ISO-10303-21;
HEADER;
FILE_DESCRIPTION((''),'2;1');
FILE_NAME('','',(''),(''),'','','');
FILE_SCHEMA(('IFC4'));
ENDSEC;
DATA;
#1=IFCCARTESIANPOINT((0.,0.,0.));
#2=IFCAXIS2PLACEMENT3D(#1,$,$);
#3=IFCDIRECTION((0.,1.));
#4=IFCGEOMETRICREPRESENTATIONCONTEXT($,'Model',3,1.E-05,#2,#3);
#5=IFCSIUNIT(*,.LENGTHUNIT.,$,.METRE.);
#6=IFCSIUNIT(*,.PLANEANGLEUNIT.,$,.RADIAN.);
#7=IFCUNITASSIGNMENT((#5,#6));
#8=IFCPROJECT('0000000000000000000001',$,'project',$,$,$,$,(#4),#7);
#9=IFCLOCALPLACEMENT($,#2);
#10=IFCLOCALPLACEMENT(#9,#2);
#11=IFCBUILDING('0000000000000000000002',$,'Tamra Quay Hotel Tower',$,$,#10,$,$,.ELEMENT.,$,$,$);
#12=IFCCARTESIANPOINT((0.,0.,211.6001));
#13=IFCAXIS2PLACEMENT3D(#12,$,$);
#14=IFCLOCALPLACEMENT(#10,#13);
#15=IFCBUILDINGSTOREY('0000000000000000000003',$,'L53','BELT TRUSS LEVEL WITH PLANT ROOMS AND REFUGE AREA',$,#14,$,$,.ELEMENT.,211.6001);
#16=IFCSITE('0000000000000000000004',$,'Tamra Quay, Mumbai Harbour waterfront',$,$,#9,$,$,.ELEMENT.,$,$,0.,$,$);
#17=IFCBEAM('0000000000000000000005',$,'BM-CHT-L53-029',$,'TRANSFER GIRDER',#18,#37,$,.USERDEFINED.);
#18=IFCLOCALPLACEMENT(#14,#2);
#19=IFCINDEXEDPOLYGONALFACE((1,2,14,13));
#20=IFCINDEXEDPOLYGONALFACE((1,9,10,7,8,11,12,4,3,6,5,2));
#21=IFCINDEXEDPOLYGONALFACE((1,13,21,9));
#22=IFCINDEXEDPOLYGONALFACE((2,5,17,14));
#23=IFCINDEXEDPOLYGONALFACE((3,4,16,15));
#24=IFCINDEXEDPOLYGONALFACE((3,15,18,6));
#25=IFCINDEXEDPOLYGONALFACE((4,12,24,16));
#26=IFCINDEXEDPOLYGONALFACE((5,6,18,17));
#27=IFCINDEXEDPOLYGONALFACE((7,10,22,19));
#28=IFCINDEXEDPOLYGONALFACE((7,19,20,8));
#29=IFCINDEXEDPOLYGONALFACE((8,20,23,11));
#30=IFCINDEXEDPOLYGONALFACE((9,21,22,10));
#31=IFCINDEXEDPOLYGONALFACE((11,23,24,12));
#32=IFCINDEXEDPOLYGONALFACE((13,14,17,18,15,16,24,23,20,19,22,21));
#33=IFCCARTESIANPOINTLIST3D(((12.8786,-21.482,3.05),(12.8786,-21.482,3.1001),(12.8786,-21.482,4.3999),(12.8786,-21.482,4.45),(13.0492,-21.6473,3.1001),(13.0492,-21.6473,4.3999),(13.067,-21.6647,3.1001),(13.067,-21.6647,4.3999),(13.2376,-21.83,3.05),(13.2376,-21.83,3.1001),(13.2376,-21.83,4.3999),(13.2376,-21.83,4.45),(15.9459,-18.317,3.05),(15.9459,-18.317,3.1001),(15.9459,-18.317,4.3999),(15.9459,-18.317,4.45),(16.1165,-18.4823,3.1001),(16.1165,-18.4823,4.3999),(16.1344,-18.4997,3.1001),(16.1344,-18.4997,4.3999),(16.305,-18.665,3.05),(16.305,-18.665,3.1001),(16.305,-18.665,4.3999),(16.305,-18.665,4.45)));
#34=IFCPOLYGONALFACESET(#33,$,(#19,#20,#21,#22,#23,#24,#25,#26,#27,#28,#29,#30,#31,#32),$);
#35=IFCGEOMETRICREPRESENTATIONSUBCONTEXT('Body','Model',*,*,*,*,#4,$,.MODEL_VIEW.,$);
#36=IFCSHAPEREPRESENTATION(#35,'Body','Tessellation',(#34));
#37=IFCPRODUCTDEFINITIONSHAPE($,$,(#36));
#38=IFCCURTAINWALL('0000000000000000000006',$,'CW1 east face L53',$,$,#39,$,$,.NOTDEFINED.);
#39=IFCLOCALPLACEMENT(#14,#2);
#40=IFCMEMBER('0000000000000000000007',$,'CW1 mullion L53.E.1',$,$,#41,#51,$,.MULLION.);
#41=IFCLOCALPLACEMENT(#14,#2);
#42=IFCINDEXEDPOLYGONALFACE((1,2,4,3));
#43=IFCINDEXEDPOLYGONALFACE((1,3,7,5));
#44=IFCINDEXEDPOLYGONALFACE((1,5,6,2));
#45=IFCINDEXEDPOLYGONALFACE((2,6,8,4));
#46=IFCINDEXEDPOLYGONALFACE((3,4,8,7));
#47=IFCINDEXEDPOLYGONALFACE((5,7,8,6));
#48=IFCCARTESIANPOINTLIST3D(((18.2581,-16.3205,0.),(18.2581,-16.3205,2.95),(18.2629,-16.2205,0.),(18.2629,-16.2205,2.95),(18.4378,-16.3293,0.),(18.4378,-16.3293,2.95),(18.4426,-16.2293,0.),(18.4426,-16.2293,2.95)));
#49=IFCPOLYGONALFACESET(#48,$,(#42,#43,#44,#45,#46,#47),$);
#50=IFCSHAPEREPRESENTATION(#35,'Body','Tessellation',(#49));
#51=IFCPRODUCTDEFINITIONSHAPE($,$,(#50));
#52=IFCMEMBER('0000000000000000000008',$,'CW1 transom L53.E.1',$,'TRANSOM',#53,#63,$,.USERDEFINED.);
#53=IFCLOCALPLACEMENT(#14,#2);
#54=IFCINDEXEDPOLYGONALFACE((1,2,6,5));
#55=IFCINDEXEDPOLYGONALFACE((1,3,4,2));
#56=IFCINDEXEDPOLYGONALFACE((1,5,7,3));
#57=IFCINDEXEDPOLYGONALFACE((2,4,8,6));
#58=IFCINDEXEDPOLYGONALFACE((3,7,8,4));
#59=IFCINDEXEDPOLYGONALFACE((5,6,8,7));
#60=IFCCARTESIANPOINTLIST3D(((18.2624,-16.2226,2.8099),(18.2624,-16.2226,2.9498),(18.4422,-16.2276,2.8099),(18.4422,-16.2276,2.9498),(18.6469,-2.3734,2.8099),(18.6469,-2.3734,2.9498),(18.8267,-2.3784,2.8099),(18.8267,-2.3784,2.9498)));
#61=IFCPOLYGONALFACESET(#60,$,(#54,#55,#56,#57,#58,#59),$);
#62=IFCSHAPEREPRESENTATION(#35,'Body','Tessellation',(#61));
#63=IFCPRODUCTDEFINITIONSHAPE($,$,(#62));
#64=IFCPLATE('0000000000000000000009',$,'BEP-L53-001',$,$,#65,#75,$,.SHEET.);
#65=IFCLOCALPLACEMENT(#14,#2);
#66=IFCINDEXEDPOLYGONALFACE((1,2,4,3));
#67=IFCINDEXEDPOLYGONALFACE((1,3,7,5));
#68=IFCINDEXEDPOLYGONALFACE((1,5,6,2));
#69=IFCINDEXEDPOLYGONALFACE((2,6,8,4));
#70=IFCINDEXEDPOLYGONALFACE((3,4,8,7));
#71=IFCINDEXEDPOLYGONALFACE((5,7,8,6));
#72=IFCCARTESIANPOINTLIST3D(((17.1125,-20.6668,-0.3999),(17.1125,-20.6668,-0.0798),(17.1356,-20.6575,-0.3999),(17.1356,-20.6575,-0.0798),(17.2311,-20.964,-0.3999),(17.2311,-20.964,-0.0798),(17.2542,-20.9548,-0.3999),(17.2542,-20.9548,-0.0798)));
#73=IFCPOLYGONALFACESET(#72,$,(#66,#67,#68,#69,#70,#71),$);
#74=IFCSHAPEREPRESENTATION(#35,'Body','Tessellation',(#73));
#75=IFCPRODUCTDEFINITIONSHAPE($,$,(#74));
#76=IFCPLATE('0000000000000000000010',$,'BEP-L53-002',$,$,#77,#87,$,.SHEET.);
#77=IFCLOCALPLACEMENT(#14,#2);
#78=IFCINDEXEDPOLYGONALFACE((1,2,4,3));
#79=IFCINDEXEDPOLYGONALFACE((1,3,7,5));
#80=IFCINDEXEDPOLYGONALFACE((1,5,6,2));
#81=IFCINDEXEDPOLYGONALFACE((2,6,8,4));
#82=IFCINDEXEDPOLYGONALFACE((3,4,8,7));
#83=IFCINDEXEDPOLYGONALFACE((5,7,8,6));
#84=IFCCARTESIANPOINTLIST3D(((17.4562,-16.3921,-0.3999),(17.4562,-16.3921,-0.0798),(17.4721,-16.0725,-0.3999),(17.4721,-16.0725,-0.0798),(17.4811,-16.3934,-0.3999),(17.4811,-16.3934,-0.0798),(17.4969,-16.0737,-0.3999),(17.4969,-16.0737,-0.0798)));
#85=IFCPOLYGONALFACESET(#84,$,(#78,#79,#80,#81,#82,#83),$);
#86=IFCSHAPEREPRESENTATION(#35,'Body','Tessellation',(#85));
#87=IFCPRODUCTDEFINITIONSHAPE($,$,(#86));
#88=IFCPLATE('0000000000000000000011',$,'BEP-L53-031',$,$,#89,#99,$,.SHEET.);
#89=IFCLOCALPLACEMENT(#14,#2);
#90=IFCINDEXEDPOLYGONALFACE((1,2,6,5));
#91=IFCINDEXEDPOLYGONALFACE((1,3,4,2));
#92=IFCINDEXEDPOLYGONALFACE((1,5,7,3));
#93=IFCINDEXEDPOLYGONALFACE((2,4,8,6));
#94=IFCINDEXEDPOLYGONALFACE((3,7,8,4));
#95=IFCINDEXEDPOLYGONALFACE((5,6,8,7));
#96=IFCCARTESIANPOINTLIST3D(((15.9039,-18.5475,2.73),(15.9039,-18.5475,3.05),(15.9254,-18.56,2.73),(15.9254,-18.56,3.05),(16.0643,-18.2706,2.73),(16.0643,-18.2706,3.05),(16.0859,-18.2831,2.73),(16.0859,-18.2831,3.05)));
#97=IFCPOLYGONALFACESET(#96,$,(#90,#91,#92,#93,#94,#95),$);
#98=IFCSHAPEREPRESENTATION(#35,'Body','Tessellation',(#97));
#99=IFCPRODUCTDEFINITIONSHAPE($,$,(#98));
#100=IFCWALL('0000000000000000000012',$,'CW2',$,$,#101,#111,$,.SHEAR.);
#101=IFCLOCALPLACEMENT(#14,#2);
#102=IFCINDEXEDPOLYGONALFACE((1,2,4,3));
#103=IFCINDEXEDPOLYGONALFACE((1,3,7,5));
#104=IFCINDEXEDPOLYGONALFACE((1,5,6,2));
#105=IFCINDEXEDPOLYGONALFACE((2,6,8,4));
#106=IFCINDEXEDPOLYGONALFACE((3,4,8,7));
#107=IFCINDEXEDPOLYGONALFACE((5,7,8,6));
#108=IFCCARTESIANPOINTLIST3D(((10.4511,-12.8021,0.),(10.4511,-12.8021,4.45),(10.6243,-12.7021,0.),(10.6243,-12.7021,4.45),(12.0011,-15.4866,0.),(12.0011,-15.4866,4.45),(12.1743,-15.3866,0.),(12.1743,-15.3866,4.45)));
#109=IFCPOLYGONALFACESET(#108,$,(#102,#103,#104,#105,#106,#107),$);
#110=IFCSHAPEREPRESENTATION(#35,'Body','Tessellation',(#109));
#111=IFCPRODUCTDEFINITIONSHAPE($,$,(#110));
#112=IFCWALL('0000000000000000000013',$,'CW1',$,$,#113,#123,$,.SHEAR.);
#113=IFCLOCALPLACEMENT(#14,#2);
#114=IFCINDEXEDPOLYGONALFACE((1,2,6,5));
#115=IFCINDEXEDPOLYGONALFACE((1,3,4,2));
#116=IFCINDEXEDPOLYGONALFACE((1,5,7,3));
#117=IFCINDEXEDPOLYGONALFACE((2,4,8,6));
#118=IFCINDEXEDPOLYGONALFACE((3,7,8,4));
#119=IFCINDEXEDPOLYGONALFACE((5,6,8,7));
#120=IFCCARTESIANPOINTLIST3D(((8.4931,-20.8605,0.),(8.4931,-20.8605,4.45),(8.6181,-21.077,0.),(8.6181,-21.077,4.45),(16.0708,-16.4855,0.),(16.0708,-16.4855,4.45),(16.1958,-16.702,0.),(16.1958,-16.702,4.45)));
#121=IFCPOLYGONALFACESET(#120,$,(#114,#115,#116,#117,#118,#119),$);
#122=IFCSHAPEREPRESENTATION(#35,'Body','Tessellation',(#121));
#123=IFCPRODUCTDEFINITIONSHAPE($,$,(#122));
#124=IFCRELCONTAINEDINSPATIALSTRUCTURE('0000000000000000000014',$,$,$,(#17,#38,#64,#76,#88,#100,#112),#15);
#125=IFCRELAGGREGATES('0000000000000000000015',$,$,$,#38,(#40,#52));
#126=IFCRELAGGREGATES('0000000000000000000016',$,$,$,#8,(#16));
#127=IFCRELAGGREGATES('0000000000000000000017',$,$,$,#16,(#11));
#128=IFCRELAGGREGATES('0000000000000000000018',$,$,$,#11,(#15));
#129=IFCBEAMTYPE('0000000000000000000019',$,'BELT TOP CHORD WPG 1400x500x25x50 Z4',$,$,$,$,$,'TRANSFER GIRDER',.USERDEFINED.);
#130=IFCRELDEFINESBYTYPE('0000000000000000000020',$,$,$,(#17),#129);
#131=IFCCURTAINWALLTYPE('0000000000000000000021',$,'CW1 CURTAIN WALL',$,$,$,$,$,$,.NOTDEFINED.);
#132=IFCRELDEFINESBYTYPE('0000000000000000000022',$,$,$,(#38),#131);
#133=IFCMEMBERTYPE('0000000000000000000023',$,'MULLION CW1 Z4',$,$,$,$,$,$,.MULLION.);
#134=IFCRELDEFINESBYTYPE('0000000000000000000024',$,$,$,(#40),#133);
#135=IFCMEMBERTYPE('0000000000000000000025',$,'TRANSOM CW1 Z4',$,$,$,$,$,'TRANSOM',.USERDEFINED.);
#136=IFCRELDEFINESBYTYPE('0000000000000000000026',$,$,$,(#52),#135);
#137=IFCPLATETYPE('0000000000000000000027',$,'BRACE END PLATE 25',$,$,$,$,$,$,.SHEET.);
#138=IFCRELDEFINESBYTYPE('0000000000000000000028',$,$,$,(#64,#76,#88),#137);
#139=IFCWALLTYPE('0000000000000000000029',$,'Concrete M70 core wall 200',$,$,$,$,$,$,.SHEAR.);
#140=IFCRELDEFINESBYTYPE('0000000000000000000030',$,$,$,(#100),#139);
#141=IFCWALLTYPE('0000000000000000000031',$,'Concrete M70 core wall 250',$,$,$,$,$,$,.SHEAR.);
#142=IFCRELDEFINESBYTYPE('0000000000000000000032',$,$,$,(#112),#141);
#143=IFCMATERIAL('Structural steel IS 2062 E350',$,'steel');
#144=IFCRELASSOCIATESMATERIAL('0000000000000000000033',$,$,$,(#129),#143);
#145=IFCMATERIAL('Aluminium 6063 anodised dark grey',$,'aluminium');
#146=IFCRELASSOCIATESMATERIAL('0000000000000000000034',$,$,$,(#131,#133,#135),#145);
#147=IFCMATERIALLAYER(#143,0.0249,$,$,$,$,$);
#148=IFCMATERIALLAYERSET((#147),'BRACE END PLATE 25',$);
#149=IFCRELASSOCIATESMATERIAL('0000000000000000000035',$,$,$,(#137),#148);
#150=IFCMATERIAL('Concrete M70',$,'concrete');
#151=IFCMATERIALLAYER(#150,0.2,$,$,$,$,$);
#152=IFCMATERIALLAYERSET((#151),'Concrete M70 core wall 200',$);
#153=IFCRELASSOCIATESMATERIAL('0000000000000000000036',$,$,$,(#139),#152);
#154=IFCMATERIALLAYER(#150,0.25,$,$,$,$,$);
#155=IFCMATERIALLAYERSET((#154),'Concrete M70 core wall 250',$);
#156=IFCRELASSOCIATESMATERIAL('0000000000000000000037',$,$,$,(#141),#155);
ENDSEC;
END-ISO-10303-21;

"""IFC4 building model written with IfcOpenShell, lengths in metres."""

from ifc_helpers import new_model, si_unit, direction, frame, frame_2d, origin, origin_2d, place, context, subcontext, project, spatial, rectangle, i_section, extrude, material, layer, layer_set, material_profile, profile_set, type_object, element, aggregate, save


model = new_model("IFC4")

# Units and contexts
model_context = context("Model", 3, precision=1e-05, world=origin(), true_north=direction((0.0, 1.0)))
body_context = subcontext(model_context, "Body", "Model", "MODEL_VIEW")
ifc_project = project(units=[si_unit("LENGTHUNIT", "METRE"), si_unit("PLANEANGLEUNIT", "RADIAN")], contexts=[model_context])

# Site, building, storey
site_placement = place(None, origin())
site = spatial("IfcSite", under=ifc_project, at=site_placement, Name="Tamra Quay, Mumbai Harbour waterfront", CompositionType="ELEMENT", RefElevation=0.0)
building_placement = place(site_placement, origin())
building = spatial("IfcBuilding", under=site, at=building_placement, Name="Tamra Quay Hotel Tower", CompositionType="ELEMENT")
storey_placement = place(building_placement, frame((0.0, 0.0, 211.6001)))
storey = spatial("IfcBuildingStorey", under=building, at=storey_placement, Name="L53", Description="BELT TRUSS LEVEL WITH PLANT ROOMS AND REFUGE AREA", CompositionType="ELEMENT", Elevation=211.6001)

# Shared definitions
ifc_material_1 = material(Name="Concrete M70", Category="concrete")

# Shared definitions
ifc_material_2 = material(Name="Structural steel IS 2062 E350", Category="steel")

# Beam
ifc_material_profile_1 = material_profile(ifc_material_2, i_section(OverallWidth=0.5, OverallDepth=1.3999, WebThickness=0.0249, FlangeThickness=0.05, at=origin_2d()), Name="WPG 1400x500x25x50")
ifc_profile_set_1 = profile_set([ifc_material_profile_1], Name="Structural steel IS 2062 E350")
beam_type_1 = type_object("IfcBeamType", Name="BELT TOP CHORD WPG 1400x500x25x50 Z4", ElementType="TRANSFER GIRDER", PredefinedType="USERDEFINED", material=ifc_profile_set_1)
beam_1_placement = place(storey_placement, frame((13.0581, -21.656, 3.75), z_axis=(0.695942, 0.718098, 0.0), x_axis=(-0.718098, 0.695942, 0.0)))
element("IfcBeam", 1, at=beam_1_placement, inside=storey, type_object=beam_type_1, Name="BM-CHT-L53-029", ObjectType="TRANSFER GIRDER", PredefinedType="USERDEFINED", context=body_context, shape_type="SweptSolid", body=[
    extrude(i_section(OverallWidth=0.5, OverallDepth=1.3999, WebThickness=0.0249, FlangeThickness=0.05, at=origin_2d()), origin(), (0.0, 0.0, 1.0), 4.4075),
])

# Curtain wall, members
ifc_material_3 = material(Name="Aluminium 6063 anodised dark grey", Category="aluminium")
curtain_wall_type = type_object("IfcCurtainWallType", Name="CW1 CURTAIN WALL", PredefinedType="NOTDEFINED", material=ifc_material_3)
curtain_wall_placement = place(storey_placement, origin())
curtain_wall = element("IfcCurtainWall", 2, at=curtain_wall_placement, inside=storey, type_object=curtain_wall_type, Name="CW1 east face L53", PredefinedType="NOTDEFINED")
ifc_material_profile_2 = material_profile(ifc_material_3, rectangle(XDim=0.1799, YDim=0.1001, at=origin_2d()), Name="MULLION 100X180")
ifc_profile_set_2 = profile_set([ifc_material_profile_2], Name="Aluminium 6063 anodised dark grey")
member_type_1 = type_object("IfcMemberType", Name="MULLION CW1 Z4", PredefinedType="MULLION", material=ifc_profile_set_2)
member_1_placement = place(storey_placement, frame((18.3503, -16.2749, 0.0), z_axis=(0.0, 0.0, 1.0), x_axis=(0.998823, -0.04851, 0.0)))
member_1 = element("IfcMember", 3, at=member_1_placement, type_object=member_type_1, Name="CW1 mullion L53.E.1", PredefinedType="MULLION", context=body_context, shape_type="SweptSolid", body=[
    extrude(rectangle(XDim=0.1799, YDim=0.1001, at=origin_2d()), origin(), (0.0, 0.0, 1.0), 2.95),
])
ifc_material_profile_3 = material_profile(ifc_material_3, rectangle(XDim=0.1799, YDim=0.1399, at=origin_2d()), Name="TRANSOM 180X140")
ifc_profile_set_3 = profile_set([ifc_material_profile_3], Name="Aluminium 6063 anodised dark grey")
member_type_2 = type_object("IfcMemberType", Name="TRANSOM CW1 Z4", ElementType="TRANSOM", PredefinedType="USERDEFINED", material=ifc_profile_set_3)
member_2_placement = place(storey_placement, frame((18.3523, -16.2251, 2.8799), z_axis=(0.027754, 0.999615, 0.0), x_axis=(-0.999615, 0.027754, 0.0)))
member_2 = element("IfcMember", 4, at=member_2_placement, type_object=member_type_2, Name="CW1 transom L53.E.1", ObjectType="TRANSOM", PredefinedType="USERDEFINED", context=body_context, shape_type="SweptSolid", body=[
    extrude(rectangle(XDim=0.1799, YDim=0.1399, at=origin_2d()), origin(), (0.0, 0.0, 1.0), 13.8545),
])
aggregate(curtain_wall, [member_1, member_2])

# Plates
ifc_layer_1 = layer(ifc_material_2, 0.0249)
ifc_layer_set_1 = layer_set([ifc_layer_1], Name="BRACE END PLATE 25")
plate_type = type_object("IfcPlateType", Name="BRACE END PLATE 25", PredefinedType="SHEET", material=ifc_layer_set_1)
for number, where, z_axis, x_axis, name in (
    (5, (17.1833, -20.8108, -0.3999), (0.0, 0.0, 1.0), (0.928758, 0.370687, 0.0), "BEP-L53-001"),
    (6, (17.4766, -16.2329, -0.3999), (0.0, 0.0, 1.0), (-0.998773, 0.049514, 0.0), "BEP-L53-002"),
    (7, (15.9949, -18.4153, 2.73), (0.0, 0.0, 1.0), (-0.865272, 0.501302, 0.0), "BEP-L53-031"),
):
    element("IfcPlate", number, at=place(storey_placement, frame(where, z_axis=z_axis, x_axis=x_axis)), inside=storey, type_object=plate_type, Name=name, PredefinedType="SHEET", context=body_context, shape_type="SweptSolid", body=[
        extrude(rectangle(XDim=0.0249, YDim=0.3201, at=origin_2d()), origin(), (0.0, 0.0, 1.0), 0.3201),
    ])

# Walls
ifc_layer_2 = layer(ifc_material_1, 0.2)
ifc_layer_set_2 = layer_set([ifc_layer_2], Name="Concrete M70 core wall 200")
wall_type_1 = type_object("IfcWallType", Name="Concrete M70 core wall 200", PredefinedType="SHEAR", material=ifc_layer_set_2)
wall_1_placement = place(storey_placement, frame((12.0876, -15.4365, 0.0), z_axis=(0.0, 0.0, 1.0), x_axis=(-0.500027, 0.86601, 0.0)))
element("IfcWall", 8, at=wall_1_placement, inside=storey, type_object=wall_type_1, Name="CW2", PredefinedType="SHEAR", context=body_context, shape_type="SweptSolid", body=[
    extrude(rectangle(XDim=3.0999, YDim=0.2, at=frame_2d((1.5498, 0.0))), origin(), (0.0, 0.0, 1.0), 4.45),
])
ifc_layer_3 = layer(ifc_material_1, 0.25)
ifc_layer_set_3 = layer_set([ifc_layer_3], Name="Concrete M70 core wall 250")
wall_type_2 = type_object("IfcWallType", Name="Concrete M70 core wall 250", PredefinedType="SHEAR", material=ifc_layer_set_3)
wall_2_placement = place(storey_placement, frame((16.1333, -16.5938, 0.0), z_axis=(0.0, 0.0, 1.0), x_axis=(-0.866023, -0.500004, 0.0)))
element("IfcWall", 9, at=wall_2_placement, inside=storey, type_object=wall_type_2, Name="CW1", PredefinedType="SHEAR", context=body_context, shape_type="SweptSolid", body=[
    extrude(rectangle(XDim=8.75, YDim=0.25, at=frame_2d((4.375, 0.0))), origin(), (0.0, 0.0, 1.0), 4.45),
])

save(model, "model.ifc")
